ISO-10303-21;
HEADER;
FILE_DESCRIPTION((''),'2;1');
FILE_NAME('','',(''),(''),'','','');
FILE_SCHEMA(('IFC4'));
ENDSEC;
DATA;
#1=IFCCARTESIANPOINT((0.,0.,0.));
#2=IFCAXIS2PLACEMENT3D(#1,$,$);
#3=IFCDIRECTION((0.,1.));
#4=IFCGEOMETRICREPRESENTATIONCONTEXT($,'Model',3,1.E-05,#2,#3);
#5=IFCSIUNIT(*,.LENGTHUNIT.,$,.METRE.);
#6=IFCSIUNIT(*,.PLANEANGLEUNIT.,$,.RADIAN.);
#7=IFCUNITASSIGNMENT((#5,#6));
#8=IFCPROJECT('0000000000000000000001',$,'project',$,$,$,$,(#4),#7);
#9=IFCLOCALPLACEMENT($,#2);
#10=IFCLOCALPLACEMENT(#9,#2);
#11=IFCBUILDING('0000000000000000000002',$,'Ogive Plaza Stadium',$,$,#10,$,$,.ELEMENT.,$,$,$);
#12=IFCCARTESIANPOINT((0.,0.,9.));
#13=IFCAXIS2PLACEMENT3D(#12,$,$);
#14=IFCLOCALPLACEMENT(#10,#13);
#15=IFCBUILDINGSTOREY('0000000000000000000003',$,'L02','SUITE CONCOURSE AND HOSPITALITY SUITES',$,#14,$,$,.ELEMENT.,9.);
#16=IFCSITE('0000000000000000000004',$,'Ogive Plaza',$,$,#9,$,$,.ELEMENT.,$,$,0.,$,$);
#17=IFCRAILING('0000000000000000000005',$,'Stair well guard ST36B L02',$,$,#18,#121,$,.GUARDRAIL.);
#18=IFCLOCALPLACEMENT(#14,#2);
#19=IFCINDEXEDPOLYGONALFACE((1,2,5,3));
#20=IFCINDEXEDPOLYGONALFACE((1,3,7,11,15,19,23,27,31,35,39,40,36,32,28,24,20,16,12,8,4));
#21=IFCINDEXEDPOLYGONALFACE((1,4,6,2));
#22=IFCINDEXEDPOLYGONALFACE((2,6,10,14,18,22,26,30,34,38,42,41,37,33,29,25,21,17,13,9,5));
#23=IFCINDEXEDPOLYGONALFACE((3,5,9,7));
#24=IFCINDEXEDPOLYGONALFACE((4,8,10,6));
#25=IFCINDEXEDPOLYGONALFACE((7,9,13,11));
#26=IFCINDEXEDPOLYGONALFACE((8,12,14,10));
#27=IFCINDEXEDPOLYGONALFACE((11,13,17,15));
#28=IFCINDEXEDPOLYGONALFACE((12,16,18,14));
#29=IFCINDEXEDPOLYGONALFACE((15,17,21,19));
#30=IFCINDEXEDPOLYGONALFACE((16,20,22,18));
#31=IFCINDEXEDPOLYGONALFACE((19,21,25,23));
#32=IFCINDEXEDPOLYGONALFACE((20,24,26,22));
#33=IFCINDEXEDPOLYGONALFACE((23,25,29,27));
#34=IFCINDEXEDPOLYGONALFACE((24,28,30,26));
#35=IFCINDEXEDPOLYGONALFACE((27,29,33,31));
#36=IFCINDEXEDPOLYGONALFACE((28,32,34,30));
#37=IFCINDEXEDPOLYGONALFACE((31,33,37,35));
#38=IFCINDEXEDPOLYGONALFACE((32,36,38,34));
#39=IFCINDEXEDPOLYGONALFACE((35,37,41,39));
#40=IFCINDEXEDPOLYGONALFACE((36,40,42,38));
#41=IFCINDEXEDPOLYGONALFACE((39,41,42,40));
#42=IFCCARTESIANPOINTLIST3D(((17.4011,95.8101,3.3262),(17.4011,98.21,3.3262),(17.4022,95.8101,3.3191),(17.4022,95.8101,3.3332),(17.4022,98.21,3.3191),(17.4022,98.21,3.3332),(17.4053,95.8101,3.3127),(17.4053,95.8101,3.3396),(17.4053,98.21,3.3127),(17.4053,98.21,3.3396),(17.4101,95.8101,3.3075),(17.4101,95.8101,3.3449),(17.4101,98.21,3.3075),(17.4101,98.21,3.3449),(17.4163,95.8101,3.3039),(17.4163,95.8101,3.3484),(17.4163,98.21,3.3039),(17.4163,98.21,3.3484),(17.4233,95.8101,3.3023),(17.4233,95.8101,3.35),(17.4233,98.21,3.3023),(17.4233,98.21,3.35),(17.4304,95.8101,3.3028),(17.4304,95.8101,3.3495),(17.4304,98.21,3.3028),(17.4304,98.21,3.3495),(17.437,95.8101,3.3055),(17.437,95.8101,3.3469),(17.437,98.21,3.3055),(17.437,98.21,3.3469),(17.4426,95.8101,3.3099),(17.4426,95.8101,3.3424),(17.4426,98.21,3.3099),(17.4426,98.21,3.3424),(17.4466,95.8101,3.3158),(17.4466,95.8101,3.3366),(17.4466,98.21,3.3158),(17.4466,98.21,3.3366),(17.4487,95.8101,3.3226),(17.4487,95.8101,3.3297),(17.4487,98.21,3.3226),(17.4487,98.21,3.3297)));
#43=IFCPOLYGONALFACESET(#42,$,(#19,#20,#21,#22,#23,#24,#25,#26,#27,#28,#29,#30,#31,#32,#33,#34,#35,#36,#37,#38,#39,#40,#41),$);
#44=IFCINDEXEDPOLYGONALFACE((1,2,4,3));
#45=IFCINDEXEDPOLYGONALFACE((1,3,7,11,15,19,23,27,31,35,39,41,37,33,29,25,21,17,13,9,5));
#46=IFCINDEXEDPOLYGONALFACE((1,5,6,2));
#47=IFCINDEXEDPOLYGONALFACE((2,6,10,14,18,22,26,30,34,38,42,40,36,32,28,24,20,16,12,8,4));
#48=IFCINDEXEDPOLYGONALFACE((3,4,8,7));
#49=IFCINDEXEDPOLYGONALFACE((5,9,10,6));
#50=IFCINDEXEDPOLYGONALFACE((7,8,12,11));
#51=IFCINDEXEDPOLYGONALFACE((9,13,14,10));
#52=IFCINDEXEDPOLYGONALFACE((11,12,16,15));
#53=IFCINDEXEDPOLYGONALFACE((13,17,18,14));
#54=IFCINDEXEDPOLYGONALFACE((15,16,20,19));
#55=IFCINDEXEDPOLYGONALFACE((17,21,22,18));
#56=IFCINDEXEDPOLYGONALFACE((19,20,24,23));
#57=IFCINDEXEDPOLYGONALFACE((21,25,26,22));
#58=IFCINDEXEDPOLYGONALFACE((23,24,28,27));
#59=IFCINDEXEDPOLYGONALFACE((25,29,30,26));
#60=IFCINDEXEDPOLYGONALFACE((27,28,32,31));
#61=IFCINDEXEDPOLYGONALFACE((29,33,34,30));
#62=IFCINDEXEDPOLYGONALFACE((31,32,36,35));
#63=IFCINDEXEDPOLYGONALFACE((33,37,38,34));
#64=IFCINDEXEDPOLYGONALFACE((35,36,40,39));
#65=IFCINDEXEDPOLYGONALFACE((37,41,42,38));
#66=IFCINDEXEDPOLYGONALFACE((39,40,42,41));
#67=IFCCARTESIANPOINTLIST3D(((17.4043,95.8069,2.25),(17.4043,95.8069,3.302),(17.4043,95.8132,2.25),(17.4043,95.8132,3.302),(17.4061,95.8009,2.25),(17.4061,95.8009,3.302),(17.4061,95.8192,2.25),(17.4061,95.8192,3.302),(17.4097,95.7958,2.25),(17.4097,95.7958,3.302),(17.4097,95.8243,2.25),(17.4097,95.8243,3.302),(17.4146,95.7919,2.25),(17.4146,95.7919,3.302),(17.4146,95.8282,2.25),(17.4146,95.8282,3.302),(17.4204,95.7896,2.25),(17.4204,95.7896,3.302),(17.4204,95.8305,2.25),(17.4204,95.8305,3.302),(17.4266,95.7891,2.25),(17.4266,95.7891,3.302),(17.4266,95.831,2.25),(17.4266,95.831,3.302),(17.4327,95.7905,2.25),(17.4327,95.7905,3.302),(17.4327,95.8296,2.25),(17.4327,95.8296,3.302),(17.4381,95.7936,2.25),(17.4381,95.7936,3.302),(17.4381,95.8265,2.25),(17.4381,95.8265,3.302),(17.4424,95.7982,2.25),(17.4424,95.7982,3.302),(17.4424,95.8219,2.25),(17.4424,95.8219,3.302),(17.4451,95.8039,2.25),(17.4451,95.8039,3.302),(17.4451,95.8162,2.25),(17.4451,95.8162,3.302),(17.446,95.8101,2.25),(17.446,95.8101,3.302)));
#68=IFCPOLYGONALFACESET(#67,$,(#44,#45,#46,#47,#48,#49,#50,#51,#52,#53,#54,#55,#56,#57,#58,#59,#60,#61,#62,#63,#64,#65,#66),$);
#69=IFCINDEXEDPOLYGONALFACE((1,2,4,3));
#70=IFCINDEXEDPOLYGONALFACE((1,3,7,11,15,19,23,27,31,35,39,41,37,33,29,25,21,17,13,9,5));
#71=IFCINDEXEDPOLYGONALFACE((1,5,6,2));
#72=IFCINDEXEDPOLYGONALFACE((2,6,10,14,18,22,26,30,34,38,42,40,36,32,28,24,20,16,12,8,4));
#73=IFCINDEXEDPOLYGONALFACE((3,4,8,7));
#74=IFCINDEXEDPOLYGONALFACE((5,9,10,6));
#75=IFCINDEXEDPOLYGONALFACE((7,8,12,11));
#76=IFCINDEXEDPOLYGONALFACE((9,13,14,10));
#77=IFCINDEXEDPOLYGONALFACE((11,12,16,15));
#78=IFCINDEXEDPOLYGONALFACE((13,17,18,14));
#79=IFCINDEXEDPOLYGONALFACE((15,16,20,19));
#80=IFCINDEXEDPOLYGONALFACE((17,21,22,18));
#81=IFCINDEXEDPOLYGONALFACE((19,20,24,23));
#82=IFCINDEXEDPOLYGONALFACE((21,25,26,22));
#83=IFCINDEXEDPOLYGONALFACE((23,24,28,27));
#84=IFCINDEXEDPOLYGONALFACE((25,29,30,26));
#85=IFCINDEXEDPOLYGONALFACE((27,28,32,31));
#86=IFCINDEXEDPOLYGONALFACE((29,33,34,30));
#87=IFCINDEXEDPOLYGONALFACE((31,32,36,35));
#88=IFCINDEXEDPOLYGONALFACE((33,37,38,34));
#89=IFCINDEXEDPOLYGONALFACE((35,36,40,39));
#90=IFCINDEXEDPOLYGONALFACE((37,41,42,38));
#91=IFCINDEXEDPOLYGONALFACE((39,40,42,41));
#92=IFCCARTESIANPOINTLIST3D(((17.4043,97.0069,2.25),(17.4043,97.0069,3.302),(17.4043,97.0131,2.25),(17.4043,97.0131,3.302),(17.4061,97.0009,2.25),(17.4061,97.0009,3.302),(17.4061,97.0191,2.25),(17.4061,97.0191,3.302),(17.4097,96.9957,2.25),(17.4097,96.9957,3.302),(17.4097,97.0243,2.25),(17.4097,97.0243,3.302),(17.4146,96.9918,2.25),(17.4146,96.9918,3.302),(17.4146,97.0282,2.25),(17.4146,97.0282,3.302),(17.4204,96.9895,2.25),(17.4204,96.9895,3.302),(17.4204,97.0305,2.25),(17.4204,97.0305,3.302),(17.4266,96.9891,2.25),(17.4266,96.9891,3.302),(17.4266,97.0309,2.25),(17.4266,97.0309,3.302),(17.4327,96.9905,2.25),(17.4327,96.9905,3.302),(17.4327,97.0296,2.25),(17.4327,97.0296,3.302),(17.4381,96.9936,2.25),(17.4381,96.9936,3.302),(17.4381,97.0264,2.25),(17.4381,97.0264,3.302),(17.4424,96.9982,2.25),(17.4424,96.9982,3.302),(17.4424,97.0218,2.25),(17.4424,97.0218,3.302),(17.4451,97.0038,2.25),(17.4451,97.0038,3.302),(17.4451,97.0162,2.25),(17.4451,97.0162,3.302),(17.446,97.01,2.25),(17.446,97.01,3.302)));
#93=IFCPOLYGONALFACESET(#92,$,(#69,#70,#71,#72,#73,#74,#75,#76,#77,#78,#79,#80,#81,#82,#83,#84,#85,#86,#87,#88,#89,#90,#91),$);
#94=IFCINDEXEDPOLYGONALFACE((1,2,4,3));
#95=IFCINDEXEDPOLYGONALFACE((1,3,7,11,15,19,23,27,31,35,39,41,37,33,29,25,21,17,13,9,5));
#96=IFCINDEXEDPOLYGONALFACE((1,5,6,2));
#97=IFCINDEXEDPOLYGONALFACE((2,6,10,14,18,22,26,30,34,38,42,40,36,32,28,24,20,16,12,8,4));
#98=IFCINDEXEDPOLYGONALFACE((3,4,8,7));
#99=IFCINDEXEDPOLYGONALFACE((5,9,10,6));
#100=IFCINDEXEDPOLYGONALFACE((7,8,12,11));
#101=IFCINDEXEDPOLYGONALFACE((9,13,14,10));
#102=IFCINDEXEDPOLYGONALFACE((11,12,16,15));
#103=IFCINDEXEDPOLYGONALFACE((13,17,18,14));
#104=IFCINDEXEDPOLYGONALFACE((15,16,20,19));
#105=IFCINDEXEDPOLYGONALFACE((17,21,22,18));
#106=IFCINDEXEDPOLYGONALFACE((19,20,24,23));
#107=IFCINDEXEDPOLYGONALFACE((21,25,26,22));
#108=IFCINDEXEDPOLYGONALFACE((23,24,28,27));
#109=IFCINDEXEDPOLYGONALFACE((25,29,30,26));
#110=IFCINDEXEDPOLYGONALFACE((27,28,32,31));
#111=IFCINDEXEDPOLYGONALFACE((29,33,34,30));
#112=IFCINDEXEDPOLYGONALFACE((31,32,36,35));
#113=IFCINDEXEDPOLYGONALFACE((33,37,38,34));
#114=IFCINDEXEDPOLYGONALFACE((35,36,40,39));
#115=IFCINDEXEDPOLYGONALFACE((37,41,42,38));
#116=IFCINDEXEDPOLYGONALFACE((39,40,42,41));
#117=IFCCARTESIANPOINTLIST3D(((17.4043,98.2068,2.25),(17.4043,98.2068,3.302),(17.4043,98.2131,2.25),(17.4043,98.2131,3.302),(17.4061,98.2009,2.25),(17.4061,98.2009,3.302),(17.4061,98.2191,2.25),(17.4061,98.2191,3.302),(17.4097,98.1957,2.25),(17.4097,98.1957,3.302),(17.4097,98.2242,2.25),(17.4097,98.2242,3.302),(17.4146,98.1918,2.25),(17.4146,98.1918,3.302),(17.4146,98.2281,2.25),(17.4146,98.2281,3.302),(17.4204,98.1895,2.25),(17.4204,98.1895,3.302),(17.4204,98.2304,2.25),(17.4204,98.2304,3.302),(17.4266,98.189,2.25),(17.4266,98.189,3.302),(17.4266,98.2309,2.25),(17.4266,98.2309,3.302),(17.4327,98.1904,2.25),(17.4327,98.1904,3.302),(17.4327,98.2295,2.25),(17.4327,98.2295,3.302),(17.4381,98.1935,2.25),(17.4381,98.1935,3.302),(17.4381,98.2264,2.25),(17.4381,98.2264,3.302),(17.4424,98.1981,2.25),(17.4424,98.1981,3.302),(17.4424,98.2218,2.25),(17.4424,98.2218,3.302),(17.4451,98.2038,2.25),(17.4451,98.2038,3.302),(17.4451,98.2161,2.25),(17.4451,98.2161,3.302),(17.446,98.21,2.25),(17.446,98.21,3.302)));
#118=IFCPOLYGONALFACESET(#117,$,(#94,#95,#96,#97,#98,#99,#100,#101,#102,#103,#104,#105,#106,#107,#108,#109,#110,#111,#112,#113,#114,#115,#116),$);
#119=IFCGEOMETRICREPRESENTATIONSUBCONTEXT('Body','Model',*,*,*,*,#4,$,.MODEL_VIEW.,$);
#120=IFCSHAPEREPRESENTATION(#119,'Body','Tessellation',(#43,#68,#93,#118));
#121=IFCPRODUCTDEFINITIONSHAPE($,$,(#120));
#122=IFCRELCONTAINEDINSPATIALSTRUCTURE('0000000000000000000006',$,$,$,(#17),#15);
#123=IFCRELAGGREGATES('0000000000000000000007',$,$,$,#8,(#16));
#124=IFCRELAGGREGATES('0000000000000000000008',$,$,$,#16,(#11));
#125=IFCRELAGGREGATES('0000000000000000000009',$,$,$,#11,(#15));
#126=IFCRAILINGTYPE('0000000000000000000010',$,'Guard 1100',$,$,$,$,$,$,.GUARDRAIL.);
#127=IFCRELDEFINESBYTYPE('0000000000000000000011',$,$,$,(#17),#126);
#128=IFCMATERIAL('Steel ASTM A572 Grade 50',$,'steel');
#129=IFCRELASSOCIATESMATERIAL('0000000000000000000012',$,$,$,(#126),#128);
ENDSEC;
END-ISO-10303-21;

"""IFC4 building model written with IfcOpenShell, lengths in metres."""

from ifc_helpers import new_model, si_unit, direction, frame, origin, origin_2d, place, context, subcontext, project, spatial, circle, extrude, material, type_object, element, save


model = new_model("IFC4")

# Units and contexts
model_context = context("Model", 3, precision=1e-05, world=origin(), true_north=direction((0.0, 1.0)))
body_context = subcontext(model_context, "Body", "Model", "MODEL_VIEW")
ifc_project = project(units=[si_unit("LENGTHUNIT", "METRE"), si_unit("PLANEANGLEUNIT", "RADIAN")], contexts=[model_context])

# Site, building, storey
site_placement = place(None, origin())
site = spatial("IfcSite", under=ifc_project, at=site_placement, Name="Ogive Plaza", CompositionType="ELEMENT", RefElevation=0.0)
building_placement = place(site_placement, origin())
building = spatial("IfcBuilding", under=site, at=building_placement, Name="Ogive Plaza Stadium", CompositionType="ELEMENT")
storey_placement = place(building_placement, frame((0.0, 0.0, 9.0)))
storey = spatial("IfcBuildingStorey", under=building, at=storey_placement, Name="L02", Description="SUITE CONCOURSE AND HOSPITALITY SUITES", CompositionType="ELEMENT", Elevation=9.0)

# Railing
ifc_material_1 = material(Name="Steel ASTM A572 Grade 50", Category="steel")
railing_type_1 = type_object("IfcRailingType", Name="Guard 1100", PredefinedType="GUARDRAIL", material=ifc_material_1)
railing_placement = place(storey_placement, frame((17.425, 95.8101, 2.25)))
element("IfcRailing", 1, at=railing_placement, inside=storey, type_object=railing_type_1, Name="Stair well guard ST36B L02", PredefinedType="GUARDRAIL", context=body_context, shape_type="SweptSolid", body=[
    extrude(circle(Radius=0.0239, at=origin_2d()), frame((0.0, 0.0, 1.0762), z_axis=(0.0, 1.0, 0.0), x_axis=(-1.0, 0.0, 0.0)), (0.0, 0.0, 1.0), 2.3999),
    extrude(circle(Radius=0.021, at=origin_2d()), origin(), (0.0, 0.0, 1.0), 1.052),
    extrude(circle(Radius=0.021, at=origin_2d()), frame((0.0, 1.2, 0.0)), (0.0, 0.0, 1.0), 1.052),
    extrude(circle(Radius=0.021, at=origin_2d()), frame((0.0, 2.3999, 0.0)), (0.0, 0.0, 1.0), 1.052),
])

save(model, "model.ifc")
